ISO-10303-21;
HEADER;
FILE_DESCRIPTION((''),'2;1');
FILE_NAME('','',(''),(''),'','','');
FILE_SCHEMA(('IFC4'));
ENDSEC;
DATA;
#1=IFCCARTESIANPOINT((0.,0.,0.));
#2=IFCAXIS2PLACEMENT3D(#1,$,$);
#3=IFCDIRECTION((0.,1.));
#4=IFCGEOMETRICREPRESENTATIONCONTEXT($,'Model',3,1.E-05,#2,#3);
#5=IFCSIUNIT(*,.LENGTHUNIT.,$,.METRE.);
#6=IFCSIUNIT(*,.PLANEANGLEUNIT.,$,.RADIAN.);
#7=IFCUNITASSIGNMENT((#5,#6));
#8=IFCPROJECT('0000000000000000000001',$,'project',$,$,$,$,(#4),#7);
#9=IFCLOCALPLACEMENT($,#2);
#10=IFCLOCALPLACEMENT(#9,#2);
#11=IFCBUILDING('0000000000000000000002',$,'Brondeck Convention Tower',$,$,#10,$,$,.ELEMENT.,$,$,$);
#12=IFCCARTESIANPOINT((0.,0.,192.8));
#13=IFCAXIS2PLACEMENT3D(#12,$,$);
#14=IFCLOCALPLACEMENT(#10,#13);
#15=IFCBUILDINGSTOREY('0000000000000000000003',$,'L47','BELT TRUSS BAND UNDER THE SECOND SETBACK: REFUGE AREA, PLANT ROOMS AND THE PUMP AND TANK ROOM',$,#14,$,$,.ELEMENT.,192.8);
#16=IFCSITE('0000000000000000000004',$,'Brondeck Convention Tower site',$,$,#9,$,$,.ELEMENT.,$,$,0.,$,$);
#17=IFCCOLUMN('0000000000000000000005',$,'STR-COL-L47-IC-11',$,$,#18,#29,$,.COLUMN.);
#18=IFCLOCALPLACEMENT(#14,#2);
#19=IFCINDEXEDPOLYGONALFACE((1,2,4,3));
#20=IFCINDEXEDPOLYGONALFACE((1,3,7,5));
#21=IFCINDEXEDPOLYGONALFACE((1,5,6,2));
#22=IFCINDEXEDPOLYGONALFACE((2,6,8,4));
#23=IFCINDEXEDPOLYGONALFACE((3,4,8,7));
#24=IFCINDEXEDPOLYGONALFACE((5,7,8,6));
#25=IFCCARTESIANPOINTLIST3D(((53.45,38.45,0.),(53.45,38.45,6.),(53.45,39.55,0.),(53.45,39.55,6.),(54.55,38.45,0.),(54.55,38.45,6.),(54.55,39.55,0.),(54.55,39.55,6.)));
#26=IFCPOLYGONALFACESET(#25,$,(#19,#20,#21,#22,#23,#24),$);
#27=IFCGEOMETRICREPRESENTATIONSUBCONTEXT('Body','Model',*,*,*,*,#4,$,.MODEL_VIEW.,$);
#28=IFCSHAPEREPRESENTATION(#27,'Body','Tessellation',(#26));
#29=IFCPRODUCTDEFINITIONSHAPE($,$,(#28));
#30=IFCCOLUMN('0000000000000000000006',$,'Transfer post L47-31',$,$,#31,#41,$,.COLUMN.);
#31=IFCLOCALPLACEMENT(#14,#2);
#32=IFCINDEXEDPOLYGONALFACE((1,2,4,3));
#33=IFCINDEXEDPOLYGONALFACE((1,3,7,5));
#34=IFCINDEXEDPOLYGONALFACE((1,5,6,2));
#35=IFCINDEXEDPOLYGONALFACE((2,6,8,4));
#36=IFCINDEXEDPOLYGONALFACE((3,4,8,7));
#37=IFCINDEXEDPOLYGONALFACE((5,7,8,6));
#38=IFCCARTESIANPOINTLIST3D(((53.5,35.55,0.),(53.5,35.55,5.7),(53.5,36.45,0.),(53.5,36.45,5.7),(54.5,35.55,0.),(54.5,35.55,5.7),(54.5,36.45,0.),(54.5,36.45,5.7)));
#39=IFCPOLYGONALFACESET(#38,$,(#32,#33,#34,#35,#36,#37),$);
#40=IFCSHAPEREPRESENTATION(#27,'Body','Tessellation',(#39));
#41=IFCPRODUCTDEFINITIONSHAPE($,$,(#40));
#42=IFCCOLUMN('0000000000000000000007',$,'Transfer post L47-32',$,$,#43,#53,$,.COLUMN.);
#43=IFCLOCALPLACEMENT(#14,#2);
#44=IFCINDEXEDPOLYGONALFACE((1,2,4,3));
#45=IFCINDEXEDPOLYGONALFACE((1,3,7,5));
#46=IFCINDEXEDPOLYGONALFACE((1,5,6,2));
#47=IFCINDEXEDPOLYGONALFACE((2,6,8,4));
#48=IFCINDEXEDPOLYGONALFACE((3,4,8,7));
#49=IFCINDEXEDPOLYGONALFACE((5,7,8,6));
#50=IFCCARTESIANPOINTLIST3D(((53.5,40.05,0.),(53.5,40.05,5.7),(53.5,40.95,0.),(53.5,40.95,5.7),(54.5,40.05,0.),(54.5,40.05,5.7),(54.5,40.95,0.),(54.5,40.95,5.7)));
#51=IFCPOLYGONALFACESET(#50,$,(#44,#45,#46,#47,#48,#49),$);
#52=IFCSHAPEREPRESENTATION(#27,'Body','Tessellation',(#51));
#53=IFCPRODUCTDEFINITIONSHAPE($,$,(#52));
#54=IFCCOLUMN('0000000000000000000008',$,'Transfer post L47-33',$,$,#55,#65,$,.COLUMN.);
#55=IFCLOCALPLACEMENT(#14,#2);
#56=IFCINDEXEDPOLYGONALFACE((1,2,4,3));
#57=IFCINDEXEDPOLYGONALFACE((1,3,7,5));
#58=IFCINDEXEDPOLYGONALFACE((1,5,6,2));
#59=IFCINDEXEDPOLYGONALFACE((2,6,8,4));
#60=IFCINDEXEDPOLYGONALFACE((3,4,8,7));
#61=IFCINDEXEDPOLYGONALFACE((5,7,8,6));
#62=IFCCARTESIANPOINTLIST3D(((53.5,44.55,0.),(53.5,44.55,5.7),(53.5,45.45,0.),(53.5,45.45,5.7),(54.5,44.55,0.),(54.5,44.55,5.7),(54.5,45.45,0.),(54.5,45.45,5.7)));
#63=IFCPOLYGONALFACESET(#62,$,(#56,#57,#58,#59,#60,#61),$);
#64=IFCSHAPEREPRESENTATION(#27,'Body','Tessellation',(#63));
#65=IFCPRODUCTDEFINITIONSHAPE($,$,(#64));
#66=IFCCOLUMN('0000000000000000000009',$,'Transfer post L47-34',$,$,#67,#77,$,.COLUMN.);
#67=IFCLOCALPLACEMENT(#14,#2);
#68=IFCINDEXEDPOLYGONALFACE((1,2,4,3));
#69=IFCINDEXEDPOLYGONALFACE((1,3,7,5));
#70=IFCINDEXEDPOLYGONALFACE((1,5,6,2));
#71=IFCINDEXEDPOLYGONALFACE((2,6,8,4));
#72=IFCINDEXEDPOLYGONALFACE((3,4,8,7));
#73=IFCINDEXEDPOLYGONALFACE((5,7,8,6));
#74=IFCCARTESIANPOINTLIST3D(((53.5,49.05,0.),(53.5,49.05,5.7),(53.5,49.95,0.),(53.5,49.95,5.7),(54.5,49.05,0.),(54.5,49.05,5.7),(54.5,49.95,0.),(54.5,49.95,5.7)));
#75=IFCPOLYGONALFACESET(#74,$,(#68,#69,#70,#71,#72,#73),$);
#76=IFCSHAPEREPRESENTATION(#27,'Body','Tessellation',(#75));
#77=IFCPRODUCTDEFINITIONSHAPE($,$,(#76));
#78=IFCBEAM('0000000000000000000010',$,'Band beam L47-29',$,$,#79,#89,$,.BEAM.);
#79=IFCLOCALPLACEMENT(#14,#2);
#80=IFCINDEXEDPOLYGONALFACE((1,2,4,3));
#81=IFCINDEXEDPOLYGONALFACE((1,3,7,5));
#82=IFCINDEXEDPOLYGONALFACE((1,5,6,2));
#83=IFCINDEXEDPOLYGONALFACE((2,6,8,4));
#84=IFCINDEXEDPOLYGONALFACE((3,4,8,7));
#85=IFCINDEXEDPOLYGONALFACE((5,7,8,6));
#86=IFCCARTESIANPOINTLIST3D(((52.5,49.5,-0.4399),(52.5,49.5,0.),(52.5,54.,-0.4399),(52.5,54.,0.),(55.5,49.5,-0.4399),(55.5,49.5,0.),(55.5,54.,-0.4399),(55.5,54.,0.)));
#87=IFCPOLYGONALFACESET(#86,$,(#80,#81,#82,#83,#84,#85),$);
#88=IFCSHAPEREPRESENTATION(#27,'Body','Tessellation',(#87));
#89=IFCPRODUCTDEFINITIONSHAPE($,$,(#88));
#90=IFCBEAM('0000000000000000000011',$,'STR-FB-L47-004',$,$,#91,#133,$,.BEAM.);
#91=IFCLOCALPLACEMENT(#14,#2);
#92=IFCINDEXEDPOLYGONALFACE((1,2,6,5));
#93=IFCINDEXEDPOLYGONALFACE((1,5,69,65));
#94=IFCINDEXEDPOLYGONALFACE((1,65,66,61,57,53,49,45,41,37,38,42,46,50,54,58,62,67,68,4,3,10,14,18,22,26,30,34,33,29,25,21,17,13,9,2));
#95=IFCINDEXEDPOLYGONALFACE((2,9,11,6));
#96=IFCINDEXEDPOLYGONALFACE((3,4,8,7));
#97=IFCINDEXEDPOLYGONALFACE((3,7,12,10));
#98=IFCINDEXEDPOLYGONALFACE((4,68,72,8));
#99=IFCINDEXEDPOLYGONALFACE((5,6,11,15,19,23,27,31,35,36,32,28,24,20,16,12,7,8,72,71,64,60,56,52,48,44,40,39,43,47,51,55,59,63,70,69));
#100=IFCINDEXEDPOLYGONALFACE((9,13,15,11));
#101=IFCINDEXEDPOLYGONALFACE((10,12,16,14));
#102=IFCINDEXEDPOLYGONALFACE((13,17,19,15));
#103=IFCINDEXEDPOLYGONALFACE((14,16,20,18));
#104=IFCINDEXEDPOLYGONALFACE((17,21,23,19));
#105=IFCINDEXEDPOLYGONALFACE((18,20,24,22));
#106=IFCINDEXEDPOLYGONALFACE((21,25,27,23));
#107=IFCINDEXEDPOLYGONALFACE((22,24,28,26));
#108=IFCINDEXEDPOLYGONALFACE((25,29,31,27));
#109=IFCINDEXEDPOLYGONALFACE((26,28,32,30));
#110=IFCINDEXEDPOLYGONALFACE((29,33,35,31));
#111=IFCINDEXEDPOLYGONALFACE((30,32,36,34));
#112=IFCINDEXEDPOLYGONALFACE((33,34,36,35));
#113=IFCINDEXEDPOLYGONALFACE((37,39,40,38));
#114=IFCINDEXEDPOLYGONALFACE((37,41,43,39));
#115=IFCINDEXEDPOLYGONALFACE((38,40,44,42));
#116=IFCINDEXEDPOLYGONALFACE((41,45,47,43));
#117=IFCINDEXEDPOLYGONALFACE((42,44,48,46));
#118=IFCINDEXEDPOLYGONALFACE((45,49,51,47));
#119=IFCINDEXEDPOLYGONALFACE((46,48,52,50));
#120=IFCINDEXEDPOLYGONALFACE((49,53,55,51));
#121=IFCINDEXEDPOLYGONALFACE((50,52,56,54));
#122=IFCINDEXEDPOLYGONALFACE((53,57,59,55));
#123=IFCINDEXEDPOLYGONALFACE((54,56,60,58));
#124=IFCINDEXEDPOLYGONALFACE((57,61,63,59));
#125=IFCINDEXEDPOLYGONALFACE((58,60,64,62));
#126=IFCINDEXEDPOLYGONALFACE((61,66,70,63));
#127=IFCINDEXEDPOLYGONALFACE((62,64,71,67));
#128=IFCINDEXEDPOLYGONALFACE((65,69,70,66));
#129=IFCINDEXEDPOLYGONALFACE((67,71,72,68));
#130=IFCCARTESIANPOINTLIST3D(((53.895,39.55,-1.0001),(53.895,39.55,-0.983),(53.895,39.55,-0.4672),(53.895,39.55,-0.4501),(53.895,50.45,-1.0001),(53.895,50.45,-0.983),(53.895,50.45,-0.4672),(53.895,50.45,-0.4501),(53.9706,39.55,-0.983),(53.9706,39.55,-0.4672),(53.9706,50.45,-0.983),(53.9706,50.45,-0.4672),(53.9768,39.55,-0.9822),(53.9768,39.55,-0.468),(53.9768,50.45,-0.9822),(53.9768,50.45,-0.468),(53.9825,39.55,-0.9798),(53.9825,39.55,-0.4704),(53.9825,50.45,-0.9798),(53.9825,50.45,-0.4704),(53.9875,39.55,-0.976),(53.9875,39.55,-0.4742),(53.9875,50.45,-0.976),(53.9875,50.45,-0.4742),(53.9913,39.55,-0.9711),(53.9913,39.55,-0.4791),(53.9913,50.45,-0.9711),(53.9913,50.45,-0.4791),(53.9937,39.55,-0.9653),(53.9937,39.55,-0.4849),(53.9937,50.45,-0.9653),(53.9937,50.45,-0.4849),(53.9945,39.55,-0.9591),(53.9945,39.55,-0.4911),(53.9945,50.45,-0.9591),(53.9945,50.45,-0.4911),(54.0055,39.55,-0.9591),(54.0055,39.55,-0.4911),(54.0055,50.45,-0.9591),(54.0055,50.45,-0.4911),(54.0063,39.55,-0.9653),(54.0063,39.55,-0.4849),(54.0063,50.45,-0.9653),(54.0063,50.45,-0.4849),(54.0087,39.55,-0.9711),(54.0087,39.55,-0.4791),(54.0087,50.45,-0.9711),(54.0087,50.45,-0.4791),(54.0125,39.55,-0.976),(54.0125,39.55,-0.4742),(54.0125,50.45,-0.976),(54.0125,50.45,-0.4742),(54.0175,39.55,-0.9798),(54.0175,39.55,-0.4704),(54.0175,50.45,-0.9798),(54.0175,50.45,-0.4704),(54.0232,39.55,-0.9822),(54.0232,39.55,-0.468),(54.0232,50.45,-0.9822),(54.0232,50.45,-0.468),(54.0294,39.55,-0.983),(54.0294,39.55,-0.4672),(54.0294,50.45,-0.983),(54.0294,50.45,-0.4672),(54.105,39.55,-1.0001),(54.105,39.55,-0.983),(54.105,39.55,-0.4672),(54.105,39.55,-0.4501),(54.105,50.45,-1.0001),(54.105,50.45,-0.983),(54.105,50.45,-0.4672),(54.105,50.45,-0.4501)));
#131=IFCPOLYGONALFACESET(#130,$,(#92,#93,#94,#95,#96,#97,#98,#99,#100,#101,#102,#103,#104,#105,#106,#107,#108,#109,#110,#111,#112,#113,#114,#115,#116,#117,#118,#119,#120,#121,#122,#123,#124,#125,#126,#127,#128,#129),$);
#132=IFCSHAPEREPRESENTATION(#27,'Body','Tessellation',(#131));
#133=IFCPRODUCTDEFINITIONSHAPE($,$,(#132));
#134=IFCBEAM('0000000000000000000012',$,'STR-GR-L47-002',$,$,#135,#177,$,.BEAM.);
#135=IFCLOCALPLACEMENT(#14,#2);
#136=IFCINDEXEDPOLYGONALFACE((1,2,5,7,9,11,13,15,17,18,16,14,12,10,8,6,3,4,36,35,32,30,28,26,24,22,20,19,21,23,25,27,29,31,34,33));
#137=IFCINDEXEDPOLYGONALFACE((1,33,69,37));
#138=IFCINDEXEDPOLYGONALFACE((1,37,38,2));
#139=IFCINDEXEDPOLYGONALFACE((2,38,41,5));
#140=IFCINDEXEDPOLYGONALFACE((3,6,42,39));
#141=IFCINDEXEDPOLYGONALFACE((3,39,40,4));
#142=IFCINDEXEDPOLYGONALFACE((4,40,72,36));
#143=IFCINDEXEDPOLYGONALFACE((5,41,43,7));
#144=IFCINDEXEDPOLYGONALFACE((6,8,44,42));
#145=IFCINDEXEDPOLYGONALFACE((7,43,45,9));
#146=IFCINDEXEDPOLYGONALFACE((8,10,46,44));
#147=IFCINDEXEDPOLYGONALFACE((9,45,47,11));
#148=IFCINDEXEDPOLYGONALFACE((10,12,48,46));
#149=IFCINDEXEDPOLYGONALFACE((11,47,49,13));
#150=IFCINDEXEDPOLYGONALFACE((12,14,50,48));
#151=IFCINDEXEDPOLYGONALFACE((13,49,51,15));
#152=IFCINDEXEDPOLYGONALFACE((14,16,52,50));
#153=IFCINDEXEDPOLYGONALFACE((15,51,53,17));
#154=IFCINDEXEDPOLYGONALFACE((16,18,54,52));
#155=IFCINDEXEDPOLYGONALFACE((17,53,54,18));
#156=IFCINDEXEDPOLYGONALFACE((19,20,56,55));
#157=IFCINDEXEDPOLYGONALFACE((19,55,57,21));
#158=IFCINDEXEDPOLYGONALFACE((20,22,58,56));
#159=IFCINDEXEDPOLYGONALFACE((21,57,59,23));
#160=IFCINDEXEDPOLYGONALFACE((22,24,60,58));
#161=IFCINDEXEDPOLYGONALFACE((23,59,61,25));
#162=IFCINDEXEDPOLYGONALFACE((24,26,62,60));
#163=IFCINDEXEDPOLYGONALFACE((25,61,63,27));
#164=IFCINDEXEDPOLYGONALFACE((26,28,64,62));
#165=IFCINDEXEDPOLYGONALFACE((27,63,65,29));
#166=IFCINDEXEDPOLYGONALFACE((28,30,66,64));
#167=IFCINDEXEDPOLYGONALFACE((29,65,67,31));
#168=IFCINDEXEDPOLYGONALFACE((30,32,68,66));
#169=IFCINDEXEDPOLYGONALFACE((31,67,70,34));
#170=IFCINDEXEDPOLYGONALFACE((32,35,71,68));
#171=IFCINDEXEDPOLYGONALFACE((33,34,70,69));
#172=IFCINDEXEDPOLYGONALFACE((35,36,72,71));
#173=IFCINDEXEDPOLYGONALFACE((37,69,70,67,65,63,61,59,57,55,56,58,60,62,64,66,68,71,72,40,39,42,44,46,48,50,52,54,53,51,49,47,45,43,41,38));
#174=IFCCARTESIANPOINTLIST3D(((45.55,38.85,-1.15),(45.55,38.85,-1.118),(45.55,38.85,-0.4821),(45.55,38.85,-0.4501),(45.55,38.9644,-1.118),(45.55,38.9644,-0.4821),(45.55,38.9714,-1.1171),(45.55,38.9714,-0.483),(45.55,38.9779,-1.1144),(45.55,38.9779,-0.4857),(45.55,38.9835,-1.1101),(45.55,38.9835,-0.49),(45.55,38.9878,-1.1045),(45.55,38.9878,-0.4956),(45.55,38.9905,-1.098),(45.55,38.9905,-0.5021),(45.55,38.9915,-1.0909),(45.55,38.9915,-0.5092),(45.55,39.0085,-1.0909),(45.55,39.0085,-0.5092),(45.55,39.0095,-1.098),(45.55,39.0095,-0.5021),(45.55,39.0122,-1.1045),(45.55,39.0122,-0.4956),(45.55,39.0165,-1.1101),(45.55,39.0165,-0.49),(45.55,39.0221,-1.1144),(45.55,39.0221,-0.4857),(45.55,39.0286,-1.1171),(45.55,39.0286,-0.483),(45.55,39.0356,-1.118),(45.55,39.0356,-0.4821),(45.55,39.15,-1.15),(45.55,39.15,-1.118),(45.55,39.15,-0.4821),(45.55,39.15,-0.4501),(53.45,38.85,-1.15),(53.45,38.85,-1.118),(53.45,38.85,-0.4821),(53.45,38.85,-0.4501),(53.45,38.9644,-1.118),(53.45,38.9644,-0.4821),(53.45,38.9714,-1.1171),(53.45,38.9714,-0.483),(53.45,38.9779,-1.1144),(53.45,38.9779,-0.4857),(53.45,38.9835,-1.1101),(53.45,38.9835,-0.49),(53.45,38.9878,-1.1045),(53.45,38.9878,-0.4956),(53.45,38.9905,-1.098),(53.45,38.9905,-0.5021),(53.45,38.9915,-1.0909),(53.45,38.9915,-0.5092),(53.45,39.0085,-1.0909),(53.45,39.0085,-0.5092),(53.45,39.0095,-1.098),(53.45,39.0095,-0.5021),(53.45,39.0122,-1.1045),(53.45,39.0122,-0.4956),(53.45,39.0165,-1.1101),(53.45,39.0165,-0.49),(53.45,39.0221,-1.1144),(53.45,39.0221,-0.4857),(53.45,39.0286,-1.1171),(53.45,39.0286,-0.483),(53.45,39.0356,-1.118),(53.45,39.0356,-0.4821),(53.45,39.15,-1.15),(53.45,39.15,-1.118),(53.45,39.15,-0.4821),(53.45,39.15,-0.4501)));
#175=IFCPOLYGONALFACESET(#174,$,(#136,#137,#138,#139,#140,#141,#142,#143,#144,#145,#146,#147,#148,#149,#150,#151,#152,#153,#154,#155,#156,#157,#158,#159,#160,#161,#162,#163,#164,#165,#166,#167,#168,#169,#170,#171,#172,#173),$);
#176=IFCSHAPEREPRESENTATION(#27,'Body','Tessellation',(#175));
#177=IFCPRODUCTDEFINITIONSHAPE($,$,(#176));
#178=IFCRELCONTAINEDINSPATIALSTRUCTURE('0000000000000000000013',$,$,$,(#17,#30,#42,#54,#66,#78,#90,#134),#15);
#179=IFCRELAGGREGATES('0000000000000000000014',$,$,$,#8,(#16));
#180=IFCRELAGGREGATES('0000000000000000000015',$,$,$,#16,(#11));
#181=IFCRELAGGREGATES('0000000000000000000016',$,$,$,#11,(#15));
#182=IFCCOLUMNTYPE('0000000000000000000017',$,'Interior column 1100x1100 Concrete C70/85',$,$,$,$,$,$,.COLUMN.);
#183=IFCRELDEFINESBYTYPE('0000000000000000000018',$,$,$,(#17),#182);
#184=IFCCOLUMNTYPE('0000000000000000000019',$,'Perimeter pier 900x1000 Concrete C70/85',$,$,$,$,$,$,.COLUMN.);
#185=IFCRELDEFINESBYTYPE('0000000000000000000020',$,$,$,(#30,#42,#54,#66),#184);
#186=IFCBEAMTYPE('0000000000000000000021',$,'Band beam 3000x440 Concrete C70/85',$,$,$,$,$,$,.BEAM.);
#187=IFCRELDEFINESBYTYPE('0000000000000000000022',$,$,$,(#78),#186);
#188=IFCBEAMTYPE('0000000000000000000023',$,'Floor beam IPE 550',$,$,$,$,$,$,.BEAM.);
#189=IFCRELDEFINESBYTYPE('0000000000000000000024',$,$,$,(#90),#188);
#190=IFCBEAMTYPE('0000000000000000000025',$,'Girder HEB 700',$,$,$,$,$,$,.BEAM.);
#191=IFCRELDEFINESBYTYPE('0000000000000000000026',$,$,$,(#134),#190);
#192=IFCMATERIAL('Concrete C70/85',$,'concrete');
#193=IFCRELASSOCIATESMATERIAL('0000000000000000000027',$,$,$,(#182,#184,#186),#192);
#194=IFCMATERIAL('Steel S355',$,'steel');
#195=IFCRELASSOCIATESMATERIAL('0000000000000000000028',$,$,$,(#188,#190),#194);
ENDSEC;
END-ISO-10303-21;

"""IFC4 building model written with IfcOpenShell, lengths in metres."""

from ifc_helpers import new_model, si_unit, direction, frame, origin, origin_2d, place, context, subcontext, project, spatial, rectangle, i_section, extrude, material, material_profile, profile_set, type_object, element, save


model = new_model("IFC4")

# Units and contexts
model_context = context("Model", 3, precision=1e-05, world=origin(), true_north=direction((0.0, 1.0)))
body_context = subcontext(model_context, "Body", "Model", "MODEL_VIEW")
ifc_project = project(units=[si_unit("LENGTHUNIT", "METRE"), si_unit("PLANEANGLEUNIT", "RADIAN")], contexts=[model_context])

# Site, building, storey
site_placement = place(None, origin())
site = spatial("IfcSite", under=ifc_project, at=site_placement, Name="Brondeck Convention Tower site", CompositionType="ELEMENT", RefElevation=0.0)
building_placement = place(site_placement, origin())
building = spatial("IfcBuilding", under=site, at=building_placement, Name="Brondeck Convention Tower", CompositionType="ELEMENT")
storey_placement = place(building_placement, frame((0.0, 0.0, 192.8)))
storey = spatial("IfcBuildingStorey", under=building, at=storey_placement, Name="L47", Description="BELT TRUSS BAND UNDER THE SECOND SETBACK: REFUGE AREA, PLANT ROOMS AND THE PUMP AND TANK ROOM", CompositionType="ELEMENT", Elevation=192.8)

# Columns
ifc_material_1 = material(Name="Concrete C70/85", Category="concrete")
ifc_material_profile_1 = material_profile(ifc_material_1, rectangle(XDim=1.1001, YDim=1.1001, at=origin_2d()), Name="Interior column 1100x1100 Concrete C70/85")
ifc_profile_set_1 = profile_set([ifc_material_profile_1], Name="Concrete C70/85")
column_type_1 = type_object("IfcColumnType", Name="Interior column 1100x1100 Concrete C70/85", PredefinedType="COLUMN", material=ifc_profile_set_1)
column_placement = place(storey_placement, frame((54.0, 39.0, 0.0), z_axis=(0.0, 0.0, 1.0), x_axis=(1.0, 0.0, 0.0)))
element("IfcColumn", 1, at=column_placement, inside=storey, type_object=column_type_1, Name="STR-COL-L47-IC-11", PredefinedType="COLUMN", context=body_context, shape_type="SweptSolid", body=[
    extrude(rectangle(XDim=1.1001, YDim=1.1001, at=origin_2d()), origin(), (0.0, 0.0, 1.0), 6.0),
])
ifc_material_profile_2 = material_profile(ifc_material_1, rectangle(XDim=0.8999, YDim=1.0, at=origin_2d()), Name="Perimeter pier 900x1000 Concrete C70/85")
ifc_profile_set_2 = profile_set([ifc_material_profile_2], Name="Concrete C70/85")
column_type_2 = type_object("IfcColumnType", Name="Perimeter pier 900x1000 Concrete C70/85", PredefinedType="COLUMN", material=ifc_profile_set_2)
for number, where, z_axis, x_axis, name in (
    (2, (54.0, 36.0, 0.0), (0.0, 0.0, 1.0), (0.0, 1.0, 0.0), "Transfer post L47-31"),
    (3, (54.0, 40.5, 0.0), (0.0, 0.0, 1.0), (0.0, 1.0, 0.0), "Transfer post L47-32"),
    (4, (54.0, 45.0, 0.0), (0.0, 0.0, 1.0), (0.0, 1.0, 0.0), "Transfer post L47-33"),
    (5, (54.0, 49.5, 0.0), (0.0, 0.0, 1.0), (0.0, 1.0, 0.0), "Transfer post L47-34"),
):
    element("IfcColumn", number, at=place(storey_placement, frame(where, z_axis=z_axis, x_axis=x_axis)), inside=storey, type_object=column_type_2, Name=name, PredefinedType="COLUMN", context=body_context, shape_type="SweptSolid", body=[
        extrude(rectangle(XDim=0.8999, YDim=1.0, at=origin_2d()), origin(), (0.0, 0.0, 1.0), 5.7),
    ])

# Beams
ifc_material_profile_3 = material_profile(ifc_material_1, rectangle(XDim=3.0, YDim=0.4399, at=origin_2d()), Name="Band beam 3000x440 Concrete C70/85")
ifc_profile_set_3 = profile_set([ifc_material_profile_3], Name="Concrete C70/85")
beam_type_1 = type_object("IfcBeamType", Name="Band beam 3000x440 Concrete C70/85", PredefinedType="BEAM", material=ifc_profile_set_3)
beam_1_placement = place(storey_placement, frame((54.0, 49.5, -0.22), z_axis=(0.0, 1.0, 0.0), x_axis=(-1.0, 0.0, 0.0)))
element("IfcBeam", 6, at=beam_1_placement, inside=storey, type_object=beam_type_1, Name="Band beam L47-29", PredefinedType="BEAM", context=body_context, shape_type="SweptSolid", body=[
    extrude(rectangle(XDim=3.0, YDim=0.4399, at=origin_2d()), origin(), (0.0, 0.0, 1.0), 4.5),
])
ifc_material_2 = material(Name="Steel S355", Category="steel")
ifc_material_profile_4 = material_profile(ifc_material_2, i_section(OverallWidth=0.21, OverallDepth=0.55, WebThickness=0.011, FlangeThickness=0.0171, FilletRadius=0.0239, at=origin_2d()), Name="IPE 550")
ifc_profile_set_4 = profile_set([ifc_material_profile_4], Name="Steel S355")
beam_type_2 = type_object("IfcBeamType", Name="Floor beam IPE 550", PredefinedType="BEAM", material=ifc_profile_set_4)
beam_2_placement = place(storey_placement, frame((54.0, 39.55, -0.7251), z_axis=(0.0, 1.0, 0.0), x_axis=(-1.0, 0.0, 0.0)))
element("IfcBeam", 7, at=beam_2_placement, inside=storey, type_object=beam_type_2, Name="STR-FB-L47-004", PredefinedType="BEAM", context=body_context, shape_type="SweptSolid", body=[
    extrude(i_section(OverallWidth=0.21, OverallDepth=0.55, WebThickness=0.011, FlangeThickness=0.0171, FilletRadius=0.0239, at=origin_2d()), origin(), (0.0, 0.0, 1.0), 10.8999),
])
ifc_material_profile_5 = material_profile(ifc_material_2, i_section(OverallWidth=0.3, OverallDepth=0.7, WebThickness=0.0171, FlangeThickness=0.032, FilletRadius=0.0271, at=origin_2d()), Name="HEB 700")
ifc_profile_set_5 = profile_set([ifc_material_profile_5], Name="Steel S355")
beam_type_3 = type_object("IfcBeamType", Name="Girder HEB 700", PredefinedType="BEAM", material=ifc_profile_set_5)
beam_3_placement = place(storey_placement, frame((45.55, 39.0, -0.8), z_axis=(1.0, 0.0, 0.0), x_axis=(0.0, 1.0, 0.0)))
element("IfcBeam", 8, at=beam_3_placement, inside=storey, type_object=beam_type_3, Name="STR-GR-L47-002", PredefinedType="BEAM", context=body_context, shape_type="SweptSolid", body=[
    extrude(i_section(OverallWidth=0.3, OverallDepth=0.7, WebThickness=0.0171, FlangeThickness=0.032, FilletRadius=0.0271, at=origin_2d()), origin(), (0.0, 0.0, 1.0), 7.8999),
])

save(model, "model.ifc")
